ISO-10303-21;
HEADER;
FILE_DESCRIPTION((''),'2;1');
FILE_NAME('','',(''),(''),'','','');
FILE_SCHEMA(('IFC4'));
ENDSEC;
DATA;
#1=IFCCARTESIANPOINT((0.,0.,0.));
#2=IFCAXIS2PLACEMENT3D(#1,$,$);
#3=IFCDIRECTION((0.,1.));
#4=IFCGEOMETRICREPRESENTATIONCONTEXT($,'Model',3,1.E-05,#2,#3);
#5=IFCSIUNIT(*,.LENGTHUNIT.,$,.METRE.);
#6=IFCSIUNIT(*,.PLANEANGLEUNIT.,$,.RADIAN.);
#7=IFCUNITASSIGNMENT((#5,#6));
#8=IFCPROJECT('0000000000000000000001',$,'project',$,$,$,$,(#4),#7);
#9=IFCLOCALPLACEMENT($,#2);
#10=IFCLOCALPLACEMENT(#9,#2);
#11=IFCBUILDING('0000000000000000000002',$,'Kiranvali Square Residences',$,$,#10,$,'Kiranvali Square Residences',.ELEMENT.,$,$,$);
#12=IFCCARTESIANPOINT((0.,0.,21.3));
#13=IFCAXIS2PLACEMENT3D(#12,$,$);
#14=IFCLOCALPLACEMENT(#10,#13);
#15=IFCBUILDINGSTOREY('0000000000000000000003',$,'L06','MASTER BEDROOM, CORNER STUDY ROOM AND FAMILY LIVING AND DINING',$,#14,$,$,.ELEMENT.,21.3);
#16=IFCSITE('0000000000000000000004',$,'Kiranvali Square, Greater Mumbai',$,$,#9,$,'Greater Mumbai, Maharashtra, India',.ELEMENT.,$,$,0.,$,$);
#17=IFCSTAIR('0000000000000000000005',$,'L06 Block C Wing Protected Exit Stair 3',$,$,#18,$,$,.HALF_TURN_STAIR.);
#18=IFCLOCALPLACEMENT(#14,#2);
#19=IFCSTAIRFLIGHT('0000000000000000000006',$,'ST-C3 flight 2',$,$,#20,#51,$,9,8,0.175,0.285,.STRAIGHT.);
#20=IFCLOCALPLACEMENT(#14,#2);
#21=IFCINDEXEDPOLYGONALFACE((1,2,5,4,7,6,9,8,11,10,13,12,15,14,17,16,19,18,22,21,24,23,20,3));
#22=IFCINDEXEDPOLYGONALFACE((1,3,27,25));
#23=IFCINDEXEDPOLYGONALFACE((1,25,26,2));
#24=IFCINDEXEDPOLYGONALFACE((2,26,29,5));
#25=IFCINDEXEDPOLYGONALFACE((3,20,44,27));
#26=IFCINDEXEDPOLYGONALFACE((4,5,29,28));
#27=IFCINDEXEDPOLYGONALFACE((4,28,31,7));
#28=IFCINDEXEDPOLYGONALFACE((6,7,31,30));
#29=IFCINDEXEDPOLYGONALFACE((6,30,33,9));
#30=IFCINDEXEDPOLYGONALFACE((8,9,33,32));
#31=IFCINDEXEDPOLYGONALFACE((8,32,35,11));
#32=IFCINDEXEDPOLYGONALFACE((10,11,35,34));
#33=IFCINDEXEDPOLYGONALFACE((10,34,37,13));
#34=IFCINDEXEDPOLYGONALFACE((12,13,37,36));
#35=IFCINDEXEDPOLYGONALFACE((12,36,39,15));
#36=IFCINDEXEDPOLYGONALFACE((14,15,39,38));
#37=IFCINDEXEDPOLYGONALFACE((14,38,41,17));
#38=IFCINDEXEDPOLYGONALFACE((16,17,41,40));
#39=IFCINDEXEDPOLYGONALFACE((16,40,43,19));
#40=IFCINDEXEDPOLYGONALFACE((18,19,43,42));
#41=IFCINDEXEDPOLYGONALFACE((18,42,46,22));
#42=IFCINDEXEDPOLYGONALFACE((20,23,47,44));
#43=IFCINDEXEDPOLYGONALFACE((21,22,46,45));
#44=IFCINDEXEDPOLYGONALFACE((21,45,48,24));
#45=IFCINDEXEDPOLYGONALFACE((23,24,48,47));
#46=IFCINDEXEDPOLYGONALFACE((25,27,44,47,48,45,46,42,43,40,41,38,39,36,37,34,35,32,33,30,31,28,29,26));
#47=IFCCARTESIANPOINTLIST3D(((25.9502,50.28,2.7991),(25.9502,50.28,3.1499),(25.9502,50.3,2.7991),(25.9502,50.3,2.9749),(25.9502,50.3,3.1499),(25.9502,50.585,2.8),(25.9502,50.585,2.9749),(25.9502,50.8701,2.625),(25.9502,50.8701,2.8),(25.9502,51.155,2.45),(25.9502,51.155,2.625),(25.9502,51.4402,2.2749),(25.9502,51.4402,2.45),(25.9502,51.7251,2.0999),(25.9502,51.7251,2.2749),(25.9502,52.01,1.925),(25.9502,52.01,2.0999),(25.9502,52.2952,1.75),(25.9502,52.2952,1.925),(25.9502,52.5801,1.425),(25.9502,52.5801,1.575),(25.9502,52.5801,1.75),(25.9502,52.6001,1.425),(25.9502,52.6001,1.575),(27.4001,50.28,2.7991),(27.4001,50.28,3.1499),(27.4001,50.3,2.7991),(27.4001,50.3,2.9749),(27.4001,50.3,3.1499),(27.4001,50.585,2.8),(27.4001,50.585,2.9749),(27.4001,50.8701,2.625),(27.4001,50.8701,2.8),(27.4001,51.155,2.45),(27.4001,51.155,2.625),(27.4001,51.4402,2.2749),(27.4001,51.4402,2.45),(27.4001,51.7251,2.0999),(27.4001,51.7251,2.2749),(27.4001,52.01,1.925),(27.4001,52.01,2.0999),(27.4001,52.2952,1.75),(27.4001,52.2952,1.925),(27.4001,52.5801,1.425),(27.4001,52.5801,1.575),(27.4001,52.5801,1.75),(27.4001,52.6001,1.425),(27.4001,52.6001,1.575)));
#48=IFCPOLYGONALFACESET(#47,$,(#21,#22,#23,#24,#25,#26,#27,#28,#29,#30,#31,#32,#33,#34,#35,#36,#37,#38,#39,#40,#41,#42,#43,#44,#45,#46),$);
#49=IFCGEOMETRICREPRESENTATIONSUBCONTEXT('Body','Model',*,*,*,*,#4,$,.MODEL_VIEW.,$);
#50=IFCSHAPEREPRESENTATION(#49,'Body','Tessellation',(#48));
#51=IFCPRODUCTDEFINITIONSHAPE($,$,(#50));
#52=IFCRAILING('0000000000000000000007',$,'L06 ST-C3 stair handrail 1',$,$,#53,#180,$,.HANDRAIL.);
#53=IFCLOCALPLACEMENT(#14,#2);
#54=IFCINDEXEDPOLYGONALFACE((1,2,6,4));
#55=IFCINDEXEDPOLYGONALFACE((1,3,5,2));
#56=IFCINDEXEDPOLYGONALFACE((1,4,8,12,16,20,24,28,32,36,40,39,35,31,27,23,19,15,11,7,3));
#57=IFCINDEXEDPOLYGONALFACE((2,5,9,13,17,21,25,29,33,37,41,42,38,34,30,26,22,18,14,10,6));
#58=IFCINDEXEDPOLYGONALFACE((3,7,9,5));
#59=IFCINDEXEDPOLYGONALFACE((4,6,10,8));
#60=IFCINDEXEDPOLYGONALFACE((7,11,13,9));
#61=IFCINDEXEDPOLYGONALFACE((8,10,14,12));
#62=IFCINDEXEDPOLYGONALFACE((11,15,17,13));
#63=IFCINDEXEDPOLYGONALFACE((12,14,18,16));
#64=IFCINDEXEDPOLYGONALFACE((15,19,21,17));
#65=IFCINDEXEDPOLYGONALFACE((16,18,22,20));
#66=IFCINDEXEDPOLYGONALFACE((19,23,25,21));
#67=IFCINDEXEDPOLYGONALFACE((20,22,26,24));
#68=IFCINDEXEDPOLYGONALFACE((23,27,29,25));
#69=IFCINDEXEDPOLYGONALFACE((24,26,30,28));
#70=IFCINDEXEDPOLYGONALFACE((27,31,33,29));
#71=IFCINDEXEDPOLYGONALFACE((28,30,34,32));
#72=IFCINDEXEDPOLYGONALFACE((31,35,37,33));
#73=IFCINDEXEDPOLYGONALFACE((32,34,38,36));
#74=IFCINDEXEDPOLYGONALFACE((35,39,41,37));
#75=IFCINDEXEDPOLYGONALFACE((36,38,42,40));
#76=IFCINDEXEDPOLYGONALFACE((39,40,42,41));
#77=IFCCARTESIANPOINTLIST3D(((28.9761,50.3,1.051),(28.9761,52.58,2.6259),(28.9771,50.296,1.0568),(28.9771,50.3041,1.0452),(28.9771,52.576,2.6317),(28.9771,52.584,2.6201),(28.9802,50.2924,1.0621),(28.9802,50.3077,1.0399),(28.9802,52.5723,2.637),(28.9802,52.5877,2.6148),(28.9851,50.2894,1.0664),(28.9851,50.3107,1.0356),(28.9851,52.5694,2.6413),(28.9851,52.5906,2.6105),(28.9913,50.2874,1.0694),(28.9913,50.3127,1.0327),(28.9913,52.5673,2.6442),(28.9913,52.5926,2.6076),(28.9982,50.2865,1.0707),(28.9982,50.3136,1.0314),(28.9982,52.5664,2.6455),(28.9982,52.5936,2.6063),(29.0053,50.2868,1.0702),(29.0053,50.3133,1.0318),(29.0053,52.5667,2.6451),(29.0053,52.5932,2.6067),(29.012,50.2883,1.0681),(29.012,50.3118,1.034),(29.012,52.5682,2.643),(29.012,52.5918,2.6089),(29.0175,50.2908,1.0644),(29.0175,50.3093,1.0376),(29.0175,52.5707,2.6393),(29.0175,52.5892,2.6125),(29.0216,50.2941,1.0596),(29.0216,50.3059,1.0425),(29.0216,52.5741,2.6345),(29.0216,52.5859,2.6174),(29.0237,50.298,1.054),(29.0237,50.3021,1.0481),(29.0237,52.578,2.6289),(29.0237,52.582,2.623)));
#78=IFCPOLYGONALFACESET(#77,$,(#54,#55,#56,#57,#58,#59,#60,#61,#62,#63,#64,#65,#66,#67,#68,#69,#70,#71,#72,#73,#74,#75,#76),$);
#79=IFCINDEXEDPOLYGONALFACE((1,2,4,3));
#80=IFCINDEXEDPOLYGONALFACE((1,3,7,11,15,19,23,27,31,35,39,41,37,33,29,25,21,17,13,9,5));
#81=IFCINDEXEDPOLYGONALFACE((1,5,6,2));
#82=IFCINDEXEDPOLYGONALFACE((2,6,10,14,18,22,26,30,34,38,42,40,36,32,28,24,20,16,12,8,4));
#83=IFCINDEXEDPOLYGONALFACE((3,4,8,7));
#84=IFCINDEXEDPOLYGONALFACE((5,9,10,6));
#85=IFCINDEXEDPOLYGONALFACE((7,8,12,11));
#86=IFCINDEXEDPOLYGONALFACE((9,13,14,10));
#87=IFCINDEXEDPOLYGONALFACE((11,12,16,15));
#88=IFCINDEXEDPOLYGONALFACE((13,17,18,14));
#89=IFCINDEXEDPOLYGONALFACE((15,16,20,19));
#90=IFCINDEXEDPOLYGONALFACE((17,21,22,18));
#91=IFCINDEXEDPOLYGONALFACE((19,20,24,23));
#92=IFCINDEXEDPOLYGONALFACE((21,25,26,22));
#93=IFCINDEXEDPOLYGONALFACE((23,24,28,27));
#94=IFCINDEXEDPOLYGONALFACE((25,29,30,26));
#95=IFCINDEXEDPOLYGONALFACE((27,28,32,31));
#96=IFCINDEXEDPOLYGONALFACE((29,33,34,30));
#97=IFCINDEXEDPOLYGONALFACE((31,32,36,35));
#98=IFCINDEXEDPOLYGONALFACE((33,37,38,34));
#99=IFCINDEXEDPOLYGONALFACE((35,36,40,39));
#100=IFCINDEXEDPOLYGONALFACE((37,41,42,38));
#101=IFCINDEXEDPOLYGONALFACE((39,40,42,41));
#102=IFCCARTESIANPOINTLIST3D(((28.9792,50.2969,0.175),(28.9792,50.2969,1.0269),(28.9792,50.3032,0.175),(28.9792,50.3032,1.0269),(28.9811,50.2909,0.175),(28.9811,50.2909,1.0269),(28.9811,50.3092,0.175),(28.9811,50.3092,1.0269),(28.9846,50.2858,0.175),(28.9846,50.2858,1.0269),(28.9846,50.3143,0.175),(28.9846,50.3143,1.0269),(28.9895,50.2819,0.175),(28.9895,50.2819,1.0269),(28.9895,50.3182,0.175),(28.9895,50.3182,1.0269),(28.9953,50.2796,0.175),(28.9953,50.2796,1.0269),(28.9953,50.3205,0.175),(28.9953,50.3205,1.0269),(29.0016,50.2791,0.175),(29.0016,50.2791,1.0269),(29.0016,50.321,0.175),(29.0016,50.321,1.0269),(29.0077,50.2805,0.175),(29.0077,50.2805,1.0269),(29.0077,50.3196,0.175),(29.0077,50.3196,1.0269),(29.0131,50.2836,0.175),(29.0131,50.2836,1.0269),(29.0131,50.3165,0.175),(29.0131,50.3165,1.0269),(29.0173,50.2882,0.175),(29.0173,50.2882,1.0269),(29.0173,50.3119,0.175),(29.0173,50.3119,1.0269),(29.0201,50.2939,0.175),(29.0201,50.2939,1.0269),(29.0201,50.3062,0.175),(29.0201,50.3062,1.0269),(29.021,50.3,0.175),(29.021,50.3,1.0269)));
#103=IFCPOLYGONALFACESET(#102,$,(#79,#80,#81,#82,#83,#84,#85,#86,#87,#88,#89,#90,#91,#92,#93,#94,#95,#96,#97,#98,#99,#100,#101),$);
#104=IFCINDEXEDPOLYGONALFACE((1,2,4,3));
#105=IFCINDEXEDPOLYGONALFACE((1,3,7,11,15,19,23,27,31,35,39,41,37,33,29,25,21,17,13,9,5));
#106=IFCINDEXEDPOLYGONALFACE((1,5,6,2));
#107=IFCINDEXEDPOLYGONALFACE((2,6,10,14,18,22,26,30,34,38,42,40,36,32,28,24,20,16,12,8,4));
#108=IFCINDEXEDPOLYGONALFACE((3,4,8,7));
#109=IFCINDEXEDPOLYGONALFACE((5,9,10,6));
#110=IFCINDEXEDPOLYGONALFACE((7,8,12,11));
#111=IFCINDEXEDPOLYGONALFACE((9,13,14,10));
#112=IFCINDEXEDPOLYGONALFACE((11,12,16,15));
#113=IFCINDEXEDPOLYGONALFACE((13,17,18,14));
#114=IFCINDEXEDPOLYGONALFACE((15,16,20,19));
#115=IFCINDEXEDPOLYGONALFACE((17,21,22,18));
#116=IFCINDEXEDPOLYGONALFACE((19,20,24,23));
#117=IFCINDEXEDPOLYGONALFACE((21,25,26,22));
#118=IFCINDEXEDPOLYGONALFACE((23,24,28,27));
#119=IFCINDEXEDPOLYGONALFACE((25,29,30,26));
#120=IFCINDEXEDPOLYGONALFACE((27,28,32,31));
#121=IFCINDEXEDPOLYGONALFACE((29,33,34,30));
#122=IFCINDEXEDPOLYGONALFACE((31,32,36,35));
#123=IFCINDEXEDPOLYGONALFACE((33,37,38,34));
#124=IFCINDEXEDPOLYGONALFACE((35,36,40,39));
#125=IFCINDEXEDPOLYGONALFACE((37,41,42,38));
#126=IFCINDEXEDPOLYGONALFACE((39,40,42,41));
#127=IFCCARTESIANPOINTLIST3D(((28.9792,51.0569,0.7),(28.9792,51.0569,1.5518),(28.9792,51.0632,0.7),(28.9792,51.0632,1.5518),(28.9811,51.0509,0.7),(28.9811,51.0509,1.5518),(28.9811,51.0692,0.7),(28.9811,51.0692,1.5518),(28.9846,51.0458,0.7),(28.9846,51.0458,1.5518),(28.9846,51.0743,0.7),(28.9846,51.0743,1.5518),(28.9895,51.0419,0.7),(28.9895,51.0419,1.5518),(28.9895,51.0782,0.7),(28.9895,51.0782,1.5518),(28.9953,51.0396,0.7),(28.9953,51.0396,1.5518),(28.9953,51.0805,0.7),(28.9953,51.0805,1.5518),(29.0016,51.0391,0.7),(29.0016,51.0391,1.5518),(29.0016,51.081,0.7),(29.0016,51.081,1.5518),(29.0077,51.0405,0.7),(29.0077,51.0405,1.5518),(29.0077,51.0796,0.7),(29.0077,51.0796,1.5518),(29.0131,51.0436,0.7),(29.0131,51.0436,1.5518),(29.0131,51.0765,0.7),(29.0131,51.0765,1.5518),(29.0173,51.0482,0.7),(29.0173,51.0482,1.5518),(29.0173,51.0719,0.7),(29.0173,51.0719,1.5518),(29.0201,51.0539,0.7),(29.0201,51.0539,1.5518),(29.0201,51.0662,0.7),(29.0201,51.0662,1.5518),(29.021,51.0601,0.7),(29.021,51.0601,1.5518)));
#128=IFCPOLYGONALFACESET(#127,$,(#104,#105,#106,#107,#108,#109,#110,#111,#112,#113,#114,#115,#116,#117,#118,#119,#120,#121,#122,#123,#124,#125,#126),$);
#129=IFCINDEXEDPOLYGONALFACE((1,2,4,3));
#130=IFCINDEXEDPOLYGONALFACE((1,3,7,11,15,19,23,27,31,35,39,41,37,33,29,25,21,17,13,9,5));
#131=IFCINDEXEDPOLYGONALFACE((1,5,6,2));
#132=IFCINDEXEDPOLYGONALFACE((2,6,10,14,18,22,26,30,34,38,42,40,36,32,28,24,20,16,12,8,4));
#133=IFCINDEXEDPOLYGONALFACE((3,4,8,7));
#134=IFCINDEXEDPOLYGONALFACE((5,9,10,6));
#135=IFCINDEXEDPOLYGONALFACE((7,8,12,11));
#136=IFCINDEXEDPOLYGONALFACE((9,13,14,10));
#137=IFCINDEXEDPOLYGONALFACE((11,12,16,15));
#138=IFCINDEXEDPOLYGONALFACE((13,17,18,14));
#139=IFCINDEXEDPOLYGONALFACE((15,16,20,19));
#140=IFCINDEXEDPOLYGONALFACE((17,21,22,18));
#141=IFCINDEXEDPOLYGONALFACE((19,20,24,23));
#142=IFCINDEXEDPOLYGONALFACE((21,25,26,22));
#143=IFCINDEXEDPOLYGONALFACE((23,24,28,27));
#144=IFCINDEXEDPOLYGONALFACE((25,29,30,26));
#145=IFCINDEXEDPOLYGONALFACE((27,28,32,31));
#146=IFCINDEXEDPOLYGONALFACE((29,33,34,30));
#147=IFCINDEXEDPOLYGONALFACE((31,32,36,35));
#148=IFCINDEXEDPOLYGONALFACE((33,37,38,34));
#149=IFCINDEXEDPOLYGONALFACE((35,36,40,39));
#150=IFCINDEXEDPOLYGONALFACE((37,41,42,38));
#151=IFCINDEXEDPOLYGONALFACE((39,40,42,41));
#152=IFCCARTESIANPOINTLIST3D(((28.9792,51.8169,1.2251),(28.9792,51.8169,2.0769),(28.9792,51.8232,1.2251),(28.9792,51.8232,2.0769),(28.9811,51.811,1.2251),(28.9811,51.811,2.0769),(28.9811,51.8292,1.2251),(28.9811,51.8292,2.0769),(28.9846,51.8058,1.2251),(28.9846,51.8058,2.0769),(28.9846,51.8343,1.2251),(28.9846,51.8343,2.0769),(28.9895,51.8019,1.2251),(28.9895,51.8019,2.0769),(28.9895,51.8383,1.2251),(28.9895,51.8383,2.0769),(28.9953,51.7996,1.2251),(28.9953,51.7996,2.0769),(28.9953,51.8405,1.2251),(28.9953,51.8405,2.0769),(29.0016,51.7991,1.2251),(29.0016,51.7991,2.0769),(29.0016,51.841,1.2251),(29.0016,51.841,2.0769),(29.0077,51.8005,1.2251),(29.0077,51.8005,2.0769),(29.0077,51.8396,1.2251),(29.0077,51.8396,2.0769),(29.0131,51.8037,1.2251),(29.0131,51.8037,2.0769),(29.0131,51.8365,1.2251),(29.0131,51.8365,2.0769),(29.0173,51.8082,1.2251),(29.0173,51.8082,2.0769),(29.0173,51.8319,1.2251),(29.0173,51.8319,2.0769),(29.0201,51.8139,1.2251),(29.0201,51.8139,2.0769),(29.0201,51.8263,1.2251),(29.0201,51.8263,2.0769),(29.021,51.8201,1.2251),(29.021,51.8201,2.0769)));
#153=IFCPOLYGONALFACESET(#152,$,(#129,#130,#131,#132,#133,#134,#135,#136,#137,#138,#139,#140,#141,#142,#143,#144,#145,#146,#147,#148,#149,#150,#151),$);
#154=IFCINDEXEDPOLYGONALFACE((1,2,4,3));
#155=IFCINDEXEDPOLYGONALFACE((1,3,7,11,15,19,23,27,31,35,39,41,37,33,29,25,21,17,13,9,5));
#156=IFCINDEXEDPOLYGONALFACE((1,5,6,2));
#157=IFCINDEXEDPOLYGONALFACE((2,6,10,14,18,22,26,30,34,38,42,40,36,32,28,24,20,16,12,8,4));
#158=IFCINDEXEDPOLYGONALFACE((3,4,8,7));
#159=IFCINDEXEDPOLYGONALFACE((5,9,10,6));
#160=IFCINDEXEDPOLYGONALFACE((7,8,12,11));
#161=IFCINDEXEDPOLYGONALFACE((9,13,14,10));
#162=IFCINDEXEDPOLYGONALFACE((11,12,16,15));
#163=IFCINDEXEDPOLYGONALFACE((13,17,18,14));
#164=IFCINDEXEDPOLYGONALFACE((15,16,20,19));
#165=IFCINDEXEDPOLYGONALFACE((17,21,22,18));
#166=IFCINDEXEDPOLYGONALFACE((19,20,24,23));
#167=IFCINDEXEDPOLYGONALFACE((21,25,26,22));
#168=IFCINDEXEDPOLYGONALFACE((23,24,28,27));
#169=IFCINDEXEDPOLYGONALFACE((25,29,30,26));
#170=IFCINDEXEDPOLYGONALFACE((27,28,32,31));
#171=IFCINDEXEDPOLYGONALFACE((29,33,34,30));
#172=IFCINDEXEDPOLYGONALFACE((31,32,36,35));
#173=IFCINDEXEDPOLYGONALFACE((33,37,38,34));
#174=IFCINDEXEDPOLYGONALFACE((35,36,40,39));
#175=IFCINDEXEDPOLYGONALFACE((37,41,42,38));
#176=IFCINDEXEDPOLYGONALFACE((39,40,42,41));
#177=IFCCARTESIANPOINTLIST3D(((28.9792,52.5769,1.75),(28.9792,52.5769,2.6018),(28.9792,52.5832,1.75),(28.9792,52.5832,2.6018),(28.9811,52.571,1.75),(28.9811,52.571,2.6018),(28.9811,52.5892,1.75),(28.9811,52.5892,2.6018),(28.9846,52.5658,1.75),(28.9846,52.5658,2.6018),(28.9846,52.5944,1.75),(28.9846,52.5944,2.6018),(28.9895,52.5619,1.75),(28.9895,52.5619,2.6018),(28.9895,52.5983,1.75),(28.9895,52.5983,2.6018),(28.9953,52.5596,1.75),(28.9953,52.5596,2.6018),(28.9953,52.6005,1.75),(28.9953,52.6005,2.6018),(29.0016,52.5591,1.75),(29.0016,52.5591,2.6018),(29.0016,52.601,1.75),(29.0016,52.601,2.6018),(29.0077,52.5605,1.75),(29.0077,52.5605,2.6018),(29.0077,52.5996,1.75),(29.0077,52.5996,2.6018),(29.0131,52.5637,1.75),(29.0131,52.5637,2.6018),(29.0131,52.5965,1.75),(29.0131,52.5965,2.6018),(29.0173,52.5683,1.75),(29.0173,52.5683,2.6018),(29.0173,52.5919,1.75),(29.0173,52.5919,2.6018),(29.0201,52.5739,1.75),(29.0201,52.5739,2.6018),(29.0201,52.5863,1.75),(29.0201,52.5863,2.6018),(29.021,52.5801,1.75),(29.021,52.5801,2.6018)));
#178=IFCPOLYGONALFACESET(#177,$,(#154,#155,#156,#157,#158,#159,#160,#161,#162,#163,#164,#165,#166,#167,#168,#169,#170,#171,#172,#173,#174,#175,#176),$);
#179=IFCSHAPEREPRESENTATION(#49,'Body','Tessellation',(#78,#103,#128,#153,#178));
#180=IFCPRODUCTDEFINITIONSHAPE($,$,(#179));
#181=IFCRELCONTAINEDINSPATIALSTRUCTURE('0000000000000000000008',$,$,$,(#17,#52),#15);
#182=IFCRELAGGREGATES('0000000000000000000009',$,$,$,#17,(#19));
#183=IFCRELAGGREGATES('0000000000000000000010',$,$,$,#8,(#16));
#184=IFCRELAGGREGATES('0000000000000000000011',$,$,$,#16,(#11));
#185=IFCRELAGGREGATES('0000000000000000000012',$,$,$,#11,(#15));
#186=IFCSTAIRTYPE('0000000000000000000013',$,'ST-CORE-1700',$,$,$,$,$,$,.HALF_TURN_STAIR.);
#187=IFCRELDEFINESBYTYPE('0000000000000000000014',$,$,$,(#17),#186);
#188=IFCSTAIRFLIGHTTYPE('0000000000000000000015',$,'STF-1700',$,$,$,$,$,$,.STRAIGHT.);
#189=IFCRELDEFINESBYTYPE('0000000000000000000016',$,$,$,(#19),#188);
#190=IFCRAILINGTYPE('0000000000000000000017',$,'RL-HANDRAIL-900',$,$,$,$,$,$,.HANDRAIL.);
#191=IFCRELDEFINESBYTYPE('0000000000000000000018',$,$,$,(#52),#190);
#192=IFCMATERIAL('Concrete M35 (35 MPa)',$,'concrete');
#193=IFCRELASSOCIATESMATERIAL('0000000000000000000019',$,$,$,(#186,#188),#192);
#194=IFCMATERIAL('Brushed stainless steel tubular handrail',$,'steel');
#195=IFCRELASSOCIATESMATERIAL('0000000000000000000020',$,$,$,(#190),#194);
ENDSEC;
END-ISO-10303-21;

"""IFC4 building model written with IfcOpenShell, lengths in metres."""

from ifc_helpers import new_model, si_unit, direction, frame, origin, origin_2d, place, context, subcontext, project, spatial, polyline, circle, outline, extrude, material, type_object, element, aggregate, save


model = new_model("IFC4")

# Units and contexts
model_context = context("Model", 3, precision=1e-05, world=origin(), true_north=direction((0.0, 1.0)))
body_context = subcontext(model_context, "Body", "Model", "MODEL_VIEW")
ifc_project = project(units=[si_unit("LENGTHUNIT", "METRE"), si_unit("PLANEANGLEUNIT", "RADIAN")], contexts=[model_context])

# Site, building, storey
site_placement = place(None, origin())
site = spatial("IfcSite", under=ifc_project, at=site_placement, Name="Kiranvali Square, Greater Mumbai", LongName="Greater Mumbai, Maharashtra, India", CompositionType="ELEMENT", RefElevation=0.0)
building_placement = place(site_placement, origin())
building = spatial("IfcBuilding", under=site, at=building_placement, Name="Kiranvali Square Residences", LongName="Kiranvali Square Residences", CompositionType="ELEMENT")
storey_placement = place(building_placement, frame((0.0, 0.0, 21.3)))
storey = spatial("IfcBuildingStorey", under=building, at=storey_placement, Name="L06", Description="MASTER BEDROOM, CORNER STUDY ROOM AND FAMILY LIVING AND DINING", CompositionType="ELEMENT", Elevation=21.3)

# Stair, stair flight
ifc_material_1 = material(Name="Concrete M35 (35 MPa)", Category="concrete")
stair_type = type_object("IfcStairType", Name="ST-CORE-1700", PredefinedType="HALF_TURN_STAIR", material=ifc_material_1)
stair_placement = place(storey_placement, origin())
stair = element("IfcStair", 1, at=stair_placement, inside=storey, type_object=stair_type, Name="L06 Block C Wing Protected Exit Stair 3", PredefinedType="HALF_TURN_STAIR")
stair_flight_type = type_object("IfcStairFlightType", Name="STF-1700", PredefinedType="STRAIGHT", material=ifc_material_1)
stair_flight_1_placement = place(storey_placement, frame((26.675, 52.5801, 1.575), z_axis=(0.0, 0.0, 1.0), x_axis=(0.0, -1.0, 0.0)))
stair_flight_1 = element("IfcStairFlight", 2, at=stair_flight_1_placement, type_object=stair_flight_type, Name="ST-C3 flight 2", NumberOfRisers=9, NumberOfTreads=8, PredefinedType="STRAIGHT", RiserHeight=0.175, TreadLength=0.285, context=body_context, shape_type="SweptSolid", body=[
    extrude(outline(polyline([(-0.02, -0.1499), (-0.02, 0.0), (0.0, 0.0), (0.0, 0.175), (0.2849, 0.175), (0.2849, 0.3501), (0.5701, 0.3501), (0.5701, 0.5249), (0.855, 0.5249), (0.855, 0.7), (1.1399, 0.7), (1.1399, 0.875), (1.425, 0.875), (1.425, 1.05), (1.71, 1.05), (1.71, 1.2251), (1.9951, 1.2251), (1.9951, 1.3999), (2.28, 1.3999), (2.28, 1.575), (2.3, 1.575), (2.3, 1.2241), (2.28, 1.2241), (0.0, -0.1499), (-0.02, -0.1499)])), frame((0.0, 0.7251, 0.0), z_axis=(0.0, -1.0, 0.0), x_axis=(1.0, 0.0, 0.0)), (0.0, 0.0, 1.0), 1.45),
])
aggregate(stair, [stair_flight_1])

# Railing
ifc_material_2 = material(Name="Brushed stainless steel tubular handrail", Category="steel")
railing_type_1 = type_object("IfcRailingType", Name="RL-HANDRAIL-900", PredefinedType="HANDRAIL", material=ifc_material_2)
railing_1_placement = place(storey_placement, frame((29.0, 50.3, 0.175)))
element("IfcRailing", 3, at=railing_1_placement, inside=storey, type_object=railing_type_1, Name="L06 ST-C3 stair handrail 1", PredefinedType="HANDRAIL", context=body_context, shape_type="SweptSolid", body=[
    extrude(circle(Radius=0.0239, at=origin_2d()), frame((0.0, 0.0, 0.876), z_axis=(0.0, 0.822788, 0.568348), x_axis=(-1.0, 0.0, 0.0)), (0.0, 0.0, 1.0), 2.771),
    extrude(circle(Radius=0.021, at=origin_2d()), origin(), (0.0, 0.0, 1.0), 0.8518),
    extrude(circle(Radius=0.021, at=origin_2d()), frame((0.0, 0.76, 0.5249)), (0.0, 0.0, 1.0), 0.8518),
    extrude(circle(Radius=0.021, at=origin_2d()), frame((0.0, 1.52, 1.05)), (0.0, 0.0, 1.0), 0.8518),
    extrude(circle(Radius=0.021, at=origin_2d()), frame((0.0, 2.28, 1.575)), (0.0, 0.0, 1.0), 0.8518),
])

save(model, "model.ifc")
